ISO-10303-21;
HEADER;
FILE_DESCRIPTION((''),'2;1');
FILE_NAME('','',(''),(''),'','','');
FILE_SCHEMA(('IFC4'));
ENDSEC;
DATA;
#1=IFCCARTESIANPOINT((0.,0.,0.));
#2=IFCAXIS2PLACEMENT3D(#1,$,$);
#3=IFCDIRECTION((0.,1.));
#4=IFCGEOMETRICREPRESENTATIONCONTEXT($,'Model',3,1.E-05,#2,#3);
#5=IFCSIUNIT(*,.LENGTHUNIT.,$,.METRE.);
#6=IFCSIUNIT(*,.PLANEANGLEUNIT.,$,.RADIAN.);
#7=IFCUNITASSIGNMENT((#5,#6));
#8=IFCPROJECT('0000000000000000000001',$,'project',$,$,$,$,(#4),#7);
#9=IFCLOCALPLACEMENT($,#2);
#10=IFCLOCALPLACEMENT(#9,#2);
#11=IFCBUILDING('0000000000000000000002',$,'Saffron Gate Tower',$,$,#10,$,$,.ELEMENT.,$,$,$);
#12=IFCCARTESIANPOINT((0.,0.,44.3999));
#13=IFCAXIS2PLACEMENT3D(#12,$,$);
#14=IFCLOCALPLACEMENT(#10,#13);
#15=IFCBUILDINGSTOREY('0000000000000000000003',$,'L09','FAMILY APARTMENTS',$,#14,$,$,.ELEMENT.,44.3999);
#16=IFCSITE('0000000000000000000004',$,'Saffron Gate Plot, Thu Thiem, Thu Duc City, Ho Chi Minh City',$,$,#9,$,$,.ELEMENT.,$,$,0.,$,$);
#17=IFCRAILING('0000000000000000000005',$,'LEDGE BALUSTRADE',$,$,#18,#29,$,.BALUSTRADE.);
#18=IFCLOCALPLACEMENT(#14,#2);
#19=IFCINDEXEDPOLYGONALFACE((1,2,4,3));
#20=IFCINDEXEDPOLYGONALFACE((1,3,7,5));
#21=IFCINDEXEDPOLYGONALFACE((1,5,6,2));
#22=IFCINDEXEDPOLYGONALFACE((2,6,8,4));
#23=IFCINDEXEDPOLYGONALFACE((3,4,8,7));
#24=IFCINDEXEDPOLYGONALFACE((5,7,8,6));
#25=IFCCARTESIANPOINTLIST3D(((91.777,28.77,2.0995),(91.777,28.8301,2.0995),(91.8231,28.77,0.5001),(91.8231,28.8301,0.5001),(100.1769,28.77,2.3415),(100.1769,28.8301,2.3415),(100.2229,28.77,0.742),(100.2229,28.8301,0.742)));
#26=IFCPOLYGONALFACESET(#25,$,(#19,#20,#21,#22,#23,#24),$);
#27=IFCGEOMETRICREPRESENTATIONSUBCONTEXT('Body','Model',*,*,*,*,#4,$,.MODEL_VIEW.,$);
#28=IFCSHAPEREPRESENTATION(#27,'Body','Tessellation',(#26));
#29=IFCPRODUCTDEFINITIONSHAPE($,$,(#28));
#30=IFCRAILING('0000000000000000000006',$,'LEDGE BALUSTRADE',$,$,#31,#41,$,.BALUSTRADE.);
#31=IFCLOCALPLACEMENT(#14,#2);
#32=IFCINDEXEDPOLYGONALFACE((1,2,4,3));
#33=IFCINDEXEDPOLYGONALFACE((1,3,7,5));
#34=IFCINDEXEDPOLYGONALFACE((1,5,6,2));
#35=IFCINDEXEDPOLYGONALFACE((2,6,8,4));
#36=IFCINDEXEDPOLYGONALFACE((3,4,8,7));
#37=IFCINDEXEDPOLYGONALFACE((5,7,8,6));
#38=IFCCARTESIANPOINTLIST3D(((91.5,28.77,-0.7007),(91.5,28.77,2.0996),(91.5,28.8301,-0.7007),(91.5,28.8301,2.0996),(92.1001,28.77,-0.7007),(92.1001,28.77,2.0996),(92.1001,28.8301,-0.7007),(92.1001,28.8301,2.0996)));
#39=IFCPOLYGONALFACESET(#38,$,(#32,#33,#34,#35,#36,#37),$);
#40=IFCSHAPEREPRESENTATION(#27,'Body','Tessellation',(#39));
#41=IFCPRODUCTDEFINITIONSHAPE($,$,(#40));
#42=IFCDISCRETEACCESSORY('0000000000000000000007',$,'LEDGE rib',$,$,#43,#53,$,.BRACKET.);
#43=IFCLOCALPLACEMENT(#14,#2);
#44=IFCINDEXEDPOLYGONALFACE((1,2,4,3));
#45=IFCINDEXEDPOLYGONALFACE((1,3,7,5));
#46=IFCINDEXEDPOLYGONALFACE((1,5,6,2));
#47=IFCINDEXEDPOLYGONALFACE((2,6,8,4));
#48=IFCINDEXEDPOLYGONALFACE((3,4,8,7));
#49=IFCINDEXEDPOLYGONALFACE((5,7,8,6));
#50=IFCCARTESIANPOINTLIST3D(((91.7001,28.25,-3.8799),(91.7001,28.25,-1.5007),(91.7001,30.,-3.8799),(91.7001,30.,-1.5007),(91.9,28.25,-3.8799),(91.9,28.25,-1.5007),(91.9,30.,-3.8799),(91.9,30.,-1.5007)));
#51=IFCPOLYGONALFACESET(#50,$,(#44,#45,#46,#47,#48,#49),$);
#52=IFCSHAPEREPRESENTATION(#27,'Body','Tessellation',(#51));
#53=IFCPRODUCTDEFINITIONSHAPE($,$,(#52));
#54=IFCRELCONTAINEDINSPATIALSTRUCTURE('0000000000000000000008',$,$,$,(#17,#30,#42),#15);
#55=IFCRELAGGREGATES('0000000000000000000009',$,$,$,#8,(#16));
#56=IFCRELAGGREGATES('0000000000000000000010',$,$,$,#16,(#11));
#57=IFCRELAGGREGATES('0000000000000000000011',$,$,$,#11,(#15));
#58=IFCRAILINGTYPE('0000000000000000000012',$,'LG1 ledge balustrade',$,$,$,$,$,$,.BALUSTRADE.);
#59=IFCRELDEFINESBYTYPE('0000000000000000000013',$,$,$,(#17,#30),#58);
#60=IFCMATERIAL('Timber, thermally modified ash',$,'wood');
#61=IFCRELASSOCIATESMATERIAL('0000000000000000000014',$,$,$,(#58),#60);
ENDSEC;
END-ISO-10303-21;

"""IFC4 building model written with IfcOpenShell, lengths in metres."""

from ifc_helpers import new_model, si_unit, direction, frame, origin, origin_2d, place, context, subcontext, project, spatial, rectangle, extrude, material, type_object, element, save


model = new_model("IFC4")

# Units and contexts
model_context = context("Model", 3, precision=1e-05, world=origin(), true_north=direction((0.0, 1.0)))
body_context = subcontext(model_context, "Body", "Model", "MODEL_VIEW")
ifc_project = project(units=[si_unit("LENGTHUNIT", "METRE"), si_unit("PLANEANGLEUNIT", "RADIAN")], contexts=[model_context])

# Site, building, storey
site_placement = place(None, origin())
site = spatial("IfcSite", under=ifc_project, at=site_placement, Name="Saffron Gate Plot, Thu Thiem, Thu Duc City, Ho Chi Minh City", CompositionType="ELEMENT", RefElevation=0.0)
building_placement = place(site_placement, origin())
building = spatial("IfcBuilding", under=site, at=building_placement, Name="Saffron Gate Tower", CompositionType="ELEMENT")
storey_placement = place(building_placement, frame((0.0, 0.0, 44.3999)))
storey = spatial("IfcBuildingStorey", under=building, at=storey_placement, Name="L09", Description="FAMILY APARTMENTS", CompositionType="ELEMENT", Elevation=44.3999)

# Shared definitions
ifc_material_1 = material(Name="Timber, thermally modified ash", Category="wood")

# Railings
railing_type_1 = type_object("IfcRailingType", Name="LG1 ledge balustrade", PredefinedType="BALUSTRADE", material=ifc_material_1)
railing_1_placement = place(storey_placement, frame((91.8, 28.8, 0.4998)))
element("IfcRailing", 1, at=railing_1_placement, inside=storey, type_object=railing_type_1, Name="LEDGE BALUSTRADE", PredefinedType="BALUSTRADE", context=body_context, shape_type="SweptSolid", body=[
    extrude(rectangle(XDim=0.0601, YDim=1.6001, at=origin_2d()), frame((0.0, 0.0, 0.8), z_axis=(0.999585, 0.0, 0.028791), x_axis=(0.0, 1.0, 0.0)), (0.0, 0.0, 1.0), 8.4033),
])
railing_2_placement = place(storey_placement, frame((91.5, 28.8, -0.7007)))
element("IfcRailing", 2, at=railing_2_placement, inside=storey, type_object=railing_type_1, Name="LEDGE BALUSTRADE", PredefinedType="BALUSTRADE", context=body_context, shape_type="SweptSolid", body=[
    extrude(rectangle(XDim=0.0601, YDim=2.8003, at=origin_2d()), frame((0.0, 0.0, 1.4001), z_axis=(1.0, 0.0, 0.0), x_axis=(0.0, 1.0, 0.0)), (0.0, 0.0, 1.0), 0.6001),
])

# Discrete accessory
discrete_accessory_placement = place(storey_placement, frame((91.8, 29.125, -3.8799), z_axis=(0.0, 0.0, 1.0), x_axis=(1.0, 0.0, 0.0)))
element("IfcDiscreteAccessory", 3, at=discrete_accessory_placement, inside=storey, Name="LEDGE rib", PredefinedType="BRACKET", context=body_context, shape_type="SweptSolid", body=[
    extrude(rectangle(XDim=0.2, YDim=1.75, at=origin_2d()), origin(), (0.0, 0.0, 1.0), 2.3792),
])

save(model, "model.ifc")
